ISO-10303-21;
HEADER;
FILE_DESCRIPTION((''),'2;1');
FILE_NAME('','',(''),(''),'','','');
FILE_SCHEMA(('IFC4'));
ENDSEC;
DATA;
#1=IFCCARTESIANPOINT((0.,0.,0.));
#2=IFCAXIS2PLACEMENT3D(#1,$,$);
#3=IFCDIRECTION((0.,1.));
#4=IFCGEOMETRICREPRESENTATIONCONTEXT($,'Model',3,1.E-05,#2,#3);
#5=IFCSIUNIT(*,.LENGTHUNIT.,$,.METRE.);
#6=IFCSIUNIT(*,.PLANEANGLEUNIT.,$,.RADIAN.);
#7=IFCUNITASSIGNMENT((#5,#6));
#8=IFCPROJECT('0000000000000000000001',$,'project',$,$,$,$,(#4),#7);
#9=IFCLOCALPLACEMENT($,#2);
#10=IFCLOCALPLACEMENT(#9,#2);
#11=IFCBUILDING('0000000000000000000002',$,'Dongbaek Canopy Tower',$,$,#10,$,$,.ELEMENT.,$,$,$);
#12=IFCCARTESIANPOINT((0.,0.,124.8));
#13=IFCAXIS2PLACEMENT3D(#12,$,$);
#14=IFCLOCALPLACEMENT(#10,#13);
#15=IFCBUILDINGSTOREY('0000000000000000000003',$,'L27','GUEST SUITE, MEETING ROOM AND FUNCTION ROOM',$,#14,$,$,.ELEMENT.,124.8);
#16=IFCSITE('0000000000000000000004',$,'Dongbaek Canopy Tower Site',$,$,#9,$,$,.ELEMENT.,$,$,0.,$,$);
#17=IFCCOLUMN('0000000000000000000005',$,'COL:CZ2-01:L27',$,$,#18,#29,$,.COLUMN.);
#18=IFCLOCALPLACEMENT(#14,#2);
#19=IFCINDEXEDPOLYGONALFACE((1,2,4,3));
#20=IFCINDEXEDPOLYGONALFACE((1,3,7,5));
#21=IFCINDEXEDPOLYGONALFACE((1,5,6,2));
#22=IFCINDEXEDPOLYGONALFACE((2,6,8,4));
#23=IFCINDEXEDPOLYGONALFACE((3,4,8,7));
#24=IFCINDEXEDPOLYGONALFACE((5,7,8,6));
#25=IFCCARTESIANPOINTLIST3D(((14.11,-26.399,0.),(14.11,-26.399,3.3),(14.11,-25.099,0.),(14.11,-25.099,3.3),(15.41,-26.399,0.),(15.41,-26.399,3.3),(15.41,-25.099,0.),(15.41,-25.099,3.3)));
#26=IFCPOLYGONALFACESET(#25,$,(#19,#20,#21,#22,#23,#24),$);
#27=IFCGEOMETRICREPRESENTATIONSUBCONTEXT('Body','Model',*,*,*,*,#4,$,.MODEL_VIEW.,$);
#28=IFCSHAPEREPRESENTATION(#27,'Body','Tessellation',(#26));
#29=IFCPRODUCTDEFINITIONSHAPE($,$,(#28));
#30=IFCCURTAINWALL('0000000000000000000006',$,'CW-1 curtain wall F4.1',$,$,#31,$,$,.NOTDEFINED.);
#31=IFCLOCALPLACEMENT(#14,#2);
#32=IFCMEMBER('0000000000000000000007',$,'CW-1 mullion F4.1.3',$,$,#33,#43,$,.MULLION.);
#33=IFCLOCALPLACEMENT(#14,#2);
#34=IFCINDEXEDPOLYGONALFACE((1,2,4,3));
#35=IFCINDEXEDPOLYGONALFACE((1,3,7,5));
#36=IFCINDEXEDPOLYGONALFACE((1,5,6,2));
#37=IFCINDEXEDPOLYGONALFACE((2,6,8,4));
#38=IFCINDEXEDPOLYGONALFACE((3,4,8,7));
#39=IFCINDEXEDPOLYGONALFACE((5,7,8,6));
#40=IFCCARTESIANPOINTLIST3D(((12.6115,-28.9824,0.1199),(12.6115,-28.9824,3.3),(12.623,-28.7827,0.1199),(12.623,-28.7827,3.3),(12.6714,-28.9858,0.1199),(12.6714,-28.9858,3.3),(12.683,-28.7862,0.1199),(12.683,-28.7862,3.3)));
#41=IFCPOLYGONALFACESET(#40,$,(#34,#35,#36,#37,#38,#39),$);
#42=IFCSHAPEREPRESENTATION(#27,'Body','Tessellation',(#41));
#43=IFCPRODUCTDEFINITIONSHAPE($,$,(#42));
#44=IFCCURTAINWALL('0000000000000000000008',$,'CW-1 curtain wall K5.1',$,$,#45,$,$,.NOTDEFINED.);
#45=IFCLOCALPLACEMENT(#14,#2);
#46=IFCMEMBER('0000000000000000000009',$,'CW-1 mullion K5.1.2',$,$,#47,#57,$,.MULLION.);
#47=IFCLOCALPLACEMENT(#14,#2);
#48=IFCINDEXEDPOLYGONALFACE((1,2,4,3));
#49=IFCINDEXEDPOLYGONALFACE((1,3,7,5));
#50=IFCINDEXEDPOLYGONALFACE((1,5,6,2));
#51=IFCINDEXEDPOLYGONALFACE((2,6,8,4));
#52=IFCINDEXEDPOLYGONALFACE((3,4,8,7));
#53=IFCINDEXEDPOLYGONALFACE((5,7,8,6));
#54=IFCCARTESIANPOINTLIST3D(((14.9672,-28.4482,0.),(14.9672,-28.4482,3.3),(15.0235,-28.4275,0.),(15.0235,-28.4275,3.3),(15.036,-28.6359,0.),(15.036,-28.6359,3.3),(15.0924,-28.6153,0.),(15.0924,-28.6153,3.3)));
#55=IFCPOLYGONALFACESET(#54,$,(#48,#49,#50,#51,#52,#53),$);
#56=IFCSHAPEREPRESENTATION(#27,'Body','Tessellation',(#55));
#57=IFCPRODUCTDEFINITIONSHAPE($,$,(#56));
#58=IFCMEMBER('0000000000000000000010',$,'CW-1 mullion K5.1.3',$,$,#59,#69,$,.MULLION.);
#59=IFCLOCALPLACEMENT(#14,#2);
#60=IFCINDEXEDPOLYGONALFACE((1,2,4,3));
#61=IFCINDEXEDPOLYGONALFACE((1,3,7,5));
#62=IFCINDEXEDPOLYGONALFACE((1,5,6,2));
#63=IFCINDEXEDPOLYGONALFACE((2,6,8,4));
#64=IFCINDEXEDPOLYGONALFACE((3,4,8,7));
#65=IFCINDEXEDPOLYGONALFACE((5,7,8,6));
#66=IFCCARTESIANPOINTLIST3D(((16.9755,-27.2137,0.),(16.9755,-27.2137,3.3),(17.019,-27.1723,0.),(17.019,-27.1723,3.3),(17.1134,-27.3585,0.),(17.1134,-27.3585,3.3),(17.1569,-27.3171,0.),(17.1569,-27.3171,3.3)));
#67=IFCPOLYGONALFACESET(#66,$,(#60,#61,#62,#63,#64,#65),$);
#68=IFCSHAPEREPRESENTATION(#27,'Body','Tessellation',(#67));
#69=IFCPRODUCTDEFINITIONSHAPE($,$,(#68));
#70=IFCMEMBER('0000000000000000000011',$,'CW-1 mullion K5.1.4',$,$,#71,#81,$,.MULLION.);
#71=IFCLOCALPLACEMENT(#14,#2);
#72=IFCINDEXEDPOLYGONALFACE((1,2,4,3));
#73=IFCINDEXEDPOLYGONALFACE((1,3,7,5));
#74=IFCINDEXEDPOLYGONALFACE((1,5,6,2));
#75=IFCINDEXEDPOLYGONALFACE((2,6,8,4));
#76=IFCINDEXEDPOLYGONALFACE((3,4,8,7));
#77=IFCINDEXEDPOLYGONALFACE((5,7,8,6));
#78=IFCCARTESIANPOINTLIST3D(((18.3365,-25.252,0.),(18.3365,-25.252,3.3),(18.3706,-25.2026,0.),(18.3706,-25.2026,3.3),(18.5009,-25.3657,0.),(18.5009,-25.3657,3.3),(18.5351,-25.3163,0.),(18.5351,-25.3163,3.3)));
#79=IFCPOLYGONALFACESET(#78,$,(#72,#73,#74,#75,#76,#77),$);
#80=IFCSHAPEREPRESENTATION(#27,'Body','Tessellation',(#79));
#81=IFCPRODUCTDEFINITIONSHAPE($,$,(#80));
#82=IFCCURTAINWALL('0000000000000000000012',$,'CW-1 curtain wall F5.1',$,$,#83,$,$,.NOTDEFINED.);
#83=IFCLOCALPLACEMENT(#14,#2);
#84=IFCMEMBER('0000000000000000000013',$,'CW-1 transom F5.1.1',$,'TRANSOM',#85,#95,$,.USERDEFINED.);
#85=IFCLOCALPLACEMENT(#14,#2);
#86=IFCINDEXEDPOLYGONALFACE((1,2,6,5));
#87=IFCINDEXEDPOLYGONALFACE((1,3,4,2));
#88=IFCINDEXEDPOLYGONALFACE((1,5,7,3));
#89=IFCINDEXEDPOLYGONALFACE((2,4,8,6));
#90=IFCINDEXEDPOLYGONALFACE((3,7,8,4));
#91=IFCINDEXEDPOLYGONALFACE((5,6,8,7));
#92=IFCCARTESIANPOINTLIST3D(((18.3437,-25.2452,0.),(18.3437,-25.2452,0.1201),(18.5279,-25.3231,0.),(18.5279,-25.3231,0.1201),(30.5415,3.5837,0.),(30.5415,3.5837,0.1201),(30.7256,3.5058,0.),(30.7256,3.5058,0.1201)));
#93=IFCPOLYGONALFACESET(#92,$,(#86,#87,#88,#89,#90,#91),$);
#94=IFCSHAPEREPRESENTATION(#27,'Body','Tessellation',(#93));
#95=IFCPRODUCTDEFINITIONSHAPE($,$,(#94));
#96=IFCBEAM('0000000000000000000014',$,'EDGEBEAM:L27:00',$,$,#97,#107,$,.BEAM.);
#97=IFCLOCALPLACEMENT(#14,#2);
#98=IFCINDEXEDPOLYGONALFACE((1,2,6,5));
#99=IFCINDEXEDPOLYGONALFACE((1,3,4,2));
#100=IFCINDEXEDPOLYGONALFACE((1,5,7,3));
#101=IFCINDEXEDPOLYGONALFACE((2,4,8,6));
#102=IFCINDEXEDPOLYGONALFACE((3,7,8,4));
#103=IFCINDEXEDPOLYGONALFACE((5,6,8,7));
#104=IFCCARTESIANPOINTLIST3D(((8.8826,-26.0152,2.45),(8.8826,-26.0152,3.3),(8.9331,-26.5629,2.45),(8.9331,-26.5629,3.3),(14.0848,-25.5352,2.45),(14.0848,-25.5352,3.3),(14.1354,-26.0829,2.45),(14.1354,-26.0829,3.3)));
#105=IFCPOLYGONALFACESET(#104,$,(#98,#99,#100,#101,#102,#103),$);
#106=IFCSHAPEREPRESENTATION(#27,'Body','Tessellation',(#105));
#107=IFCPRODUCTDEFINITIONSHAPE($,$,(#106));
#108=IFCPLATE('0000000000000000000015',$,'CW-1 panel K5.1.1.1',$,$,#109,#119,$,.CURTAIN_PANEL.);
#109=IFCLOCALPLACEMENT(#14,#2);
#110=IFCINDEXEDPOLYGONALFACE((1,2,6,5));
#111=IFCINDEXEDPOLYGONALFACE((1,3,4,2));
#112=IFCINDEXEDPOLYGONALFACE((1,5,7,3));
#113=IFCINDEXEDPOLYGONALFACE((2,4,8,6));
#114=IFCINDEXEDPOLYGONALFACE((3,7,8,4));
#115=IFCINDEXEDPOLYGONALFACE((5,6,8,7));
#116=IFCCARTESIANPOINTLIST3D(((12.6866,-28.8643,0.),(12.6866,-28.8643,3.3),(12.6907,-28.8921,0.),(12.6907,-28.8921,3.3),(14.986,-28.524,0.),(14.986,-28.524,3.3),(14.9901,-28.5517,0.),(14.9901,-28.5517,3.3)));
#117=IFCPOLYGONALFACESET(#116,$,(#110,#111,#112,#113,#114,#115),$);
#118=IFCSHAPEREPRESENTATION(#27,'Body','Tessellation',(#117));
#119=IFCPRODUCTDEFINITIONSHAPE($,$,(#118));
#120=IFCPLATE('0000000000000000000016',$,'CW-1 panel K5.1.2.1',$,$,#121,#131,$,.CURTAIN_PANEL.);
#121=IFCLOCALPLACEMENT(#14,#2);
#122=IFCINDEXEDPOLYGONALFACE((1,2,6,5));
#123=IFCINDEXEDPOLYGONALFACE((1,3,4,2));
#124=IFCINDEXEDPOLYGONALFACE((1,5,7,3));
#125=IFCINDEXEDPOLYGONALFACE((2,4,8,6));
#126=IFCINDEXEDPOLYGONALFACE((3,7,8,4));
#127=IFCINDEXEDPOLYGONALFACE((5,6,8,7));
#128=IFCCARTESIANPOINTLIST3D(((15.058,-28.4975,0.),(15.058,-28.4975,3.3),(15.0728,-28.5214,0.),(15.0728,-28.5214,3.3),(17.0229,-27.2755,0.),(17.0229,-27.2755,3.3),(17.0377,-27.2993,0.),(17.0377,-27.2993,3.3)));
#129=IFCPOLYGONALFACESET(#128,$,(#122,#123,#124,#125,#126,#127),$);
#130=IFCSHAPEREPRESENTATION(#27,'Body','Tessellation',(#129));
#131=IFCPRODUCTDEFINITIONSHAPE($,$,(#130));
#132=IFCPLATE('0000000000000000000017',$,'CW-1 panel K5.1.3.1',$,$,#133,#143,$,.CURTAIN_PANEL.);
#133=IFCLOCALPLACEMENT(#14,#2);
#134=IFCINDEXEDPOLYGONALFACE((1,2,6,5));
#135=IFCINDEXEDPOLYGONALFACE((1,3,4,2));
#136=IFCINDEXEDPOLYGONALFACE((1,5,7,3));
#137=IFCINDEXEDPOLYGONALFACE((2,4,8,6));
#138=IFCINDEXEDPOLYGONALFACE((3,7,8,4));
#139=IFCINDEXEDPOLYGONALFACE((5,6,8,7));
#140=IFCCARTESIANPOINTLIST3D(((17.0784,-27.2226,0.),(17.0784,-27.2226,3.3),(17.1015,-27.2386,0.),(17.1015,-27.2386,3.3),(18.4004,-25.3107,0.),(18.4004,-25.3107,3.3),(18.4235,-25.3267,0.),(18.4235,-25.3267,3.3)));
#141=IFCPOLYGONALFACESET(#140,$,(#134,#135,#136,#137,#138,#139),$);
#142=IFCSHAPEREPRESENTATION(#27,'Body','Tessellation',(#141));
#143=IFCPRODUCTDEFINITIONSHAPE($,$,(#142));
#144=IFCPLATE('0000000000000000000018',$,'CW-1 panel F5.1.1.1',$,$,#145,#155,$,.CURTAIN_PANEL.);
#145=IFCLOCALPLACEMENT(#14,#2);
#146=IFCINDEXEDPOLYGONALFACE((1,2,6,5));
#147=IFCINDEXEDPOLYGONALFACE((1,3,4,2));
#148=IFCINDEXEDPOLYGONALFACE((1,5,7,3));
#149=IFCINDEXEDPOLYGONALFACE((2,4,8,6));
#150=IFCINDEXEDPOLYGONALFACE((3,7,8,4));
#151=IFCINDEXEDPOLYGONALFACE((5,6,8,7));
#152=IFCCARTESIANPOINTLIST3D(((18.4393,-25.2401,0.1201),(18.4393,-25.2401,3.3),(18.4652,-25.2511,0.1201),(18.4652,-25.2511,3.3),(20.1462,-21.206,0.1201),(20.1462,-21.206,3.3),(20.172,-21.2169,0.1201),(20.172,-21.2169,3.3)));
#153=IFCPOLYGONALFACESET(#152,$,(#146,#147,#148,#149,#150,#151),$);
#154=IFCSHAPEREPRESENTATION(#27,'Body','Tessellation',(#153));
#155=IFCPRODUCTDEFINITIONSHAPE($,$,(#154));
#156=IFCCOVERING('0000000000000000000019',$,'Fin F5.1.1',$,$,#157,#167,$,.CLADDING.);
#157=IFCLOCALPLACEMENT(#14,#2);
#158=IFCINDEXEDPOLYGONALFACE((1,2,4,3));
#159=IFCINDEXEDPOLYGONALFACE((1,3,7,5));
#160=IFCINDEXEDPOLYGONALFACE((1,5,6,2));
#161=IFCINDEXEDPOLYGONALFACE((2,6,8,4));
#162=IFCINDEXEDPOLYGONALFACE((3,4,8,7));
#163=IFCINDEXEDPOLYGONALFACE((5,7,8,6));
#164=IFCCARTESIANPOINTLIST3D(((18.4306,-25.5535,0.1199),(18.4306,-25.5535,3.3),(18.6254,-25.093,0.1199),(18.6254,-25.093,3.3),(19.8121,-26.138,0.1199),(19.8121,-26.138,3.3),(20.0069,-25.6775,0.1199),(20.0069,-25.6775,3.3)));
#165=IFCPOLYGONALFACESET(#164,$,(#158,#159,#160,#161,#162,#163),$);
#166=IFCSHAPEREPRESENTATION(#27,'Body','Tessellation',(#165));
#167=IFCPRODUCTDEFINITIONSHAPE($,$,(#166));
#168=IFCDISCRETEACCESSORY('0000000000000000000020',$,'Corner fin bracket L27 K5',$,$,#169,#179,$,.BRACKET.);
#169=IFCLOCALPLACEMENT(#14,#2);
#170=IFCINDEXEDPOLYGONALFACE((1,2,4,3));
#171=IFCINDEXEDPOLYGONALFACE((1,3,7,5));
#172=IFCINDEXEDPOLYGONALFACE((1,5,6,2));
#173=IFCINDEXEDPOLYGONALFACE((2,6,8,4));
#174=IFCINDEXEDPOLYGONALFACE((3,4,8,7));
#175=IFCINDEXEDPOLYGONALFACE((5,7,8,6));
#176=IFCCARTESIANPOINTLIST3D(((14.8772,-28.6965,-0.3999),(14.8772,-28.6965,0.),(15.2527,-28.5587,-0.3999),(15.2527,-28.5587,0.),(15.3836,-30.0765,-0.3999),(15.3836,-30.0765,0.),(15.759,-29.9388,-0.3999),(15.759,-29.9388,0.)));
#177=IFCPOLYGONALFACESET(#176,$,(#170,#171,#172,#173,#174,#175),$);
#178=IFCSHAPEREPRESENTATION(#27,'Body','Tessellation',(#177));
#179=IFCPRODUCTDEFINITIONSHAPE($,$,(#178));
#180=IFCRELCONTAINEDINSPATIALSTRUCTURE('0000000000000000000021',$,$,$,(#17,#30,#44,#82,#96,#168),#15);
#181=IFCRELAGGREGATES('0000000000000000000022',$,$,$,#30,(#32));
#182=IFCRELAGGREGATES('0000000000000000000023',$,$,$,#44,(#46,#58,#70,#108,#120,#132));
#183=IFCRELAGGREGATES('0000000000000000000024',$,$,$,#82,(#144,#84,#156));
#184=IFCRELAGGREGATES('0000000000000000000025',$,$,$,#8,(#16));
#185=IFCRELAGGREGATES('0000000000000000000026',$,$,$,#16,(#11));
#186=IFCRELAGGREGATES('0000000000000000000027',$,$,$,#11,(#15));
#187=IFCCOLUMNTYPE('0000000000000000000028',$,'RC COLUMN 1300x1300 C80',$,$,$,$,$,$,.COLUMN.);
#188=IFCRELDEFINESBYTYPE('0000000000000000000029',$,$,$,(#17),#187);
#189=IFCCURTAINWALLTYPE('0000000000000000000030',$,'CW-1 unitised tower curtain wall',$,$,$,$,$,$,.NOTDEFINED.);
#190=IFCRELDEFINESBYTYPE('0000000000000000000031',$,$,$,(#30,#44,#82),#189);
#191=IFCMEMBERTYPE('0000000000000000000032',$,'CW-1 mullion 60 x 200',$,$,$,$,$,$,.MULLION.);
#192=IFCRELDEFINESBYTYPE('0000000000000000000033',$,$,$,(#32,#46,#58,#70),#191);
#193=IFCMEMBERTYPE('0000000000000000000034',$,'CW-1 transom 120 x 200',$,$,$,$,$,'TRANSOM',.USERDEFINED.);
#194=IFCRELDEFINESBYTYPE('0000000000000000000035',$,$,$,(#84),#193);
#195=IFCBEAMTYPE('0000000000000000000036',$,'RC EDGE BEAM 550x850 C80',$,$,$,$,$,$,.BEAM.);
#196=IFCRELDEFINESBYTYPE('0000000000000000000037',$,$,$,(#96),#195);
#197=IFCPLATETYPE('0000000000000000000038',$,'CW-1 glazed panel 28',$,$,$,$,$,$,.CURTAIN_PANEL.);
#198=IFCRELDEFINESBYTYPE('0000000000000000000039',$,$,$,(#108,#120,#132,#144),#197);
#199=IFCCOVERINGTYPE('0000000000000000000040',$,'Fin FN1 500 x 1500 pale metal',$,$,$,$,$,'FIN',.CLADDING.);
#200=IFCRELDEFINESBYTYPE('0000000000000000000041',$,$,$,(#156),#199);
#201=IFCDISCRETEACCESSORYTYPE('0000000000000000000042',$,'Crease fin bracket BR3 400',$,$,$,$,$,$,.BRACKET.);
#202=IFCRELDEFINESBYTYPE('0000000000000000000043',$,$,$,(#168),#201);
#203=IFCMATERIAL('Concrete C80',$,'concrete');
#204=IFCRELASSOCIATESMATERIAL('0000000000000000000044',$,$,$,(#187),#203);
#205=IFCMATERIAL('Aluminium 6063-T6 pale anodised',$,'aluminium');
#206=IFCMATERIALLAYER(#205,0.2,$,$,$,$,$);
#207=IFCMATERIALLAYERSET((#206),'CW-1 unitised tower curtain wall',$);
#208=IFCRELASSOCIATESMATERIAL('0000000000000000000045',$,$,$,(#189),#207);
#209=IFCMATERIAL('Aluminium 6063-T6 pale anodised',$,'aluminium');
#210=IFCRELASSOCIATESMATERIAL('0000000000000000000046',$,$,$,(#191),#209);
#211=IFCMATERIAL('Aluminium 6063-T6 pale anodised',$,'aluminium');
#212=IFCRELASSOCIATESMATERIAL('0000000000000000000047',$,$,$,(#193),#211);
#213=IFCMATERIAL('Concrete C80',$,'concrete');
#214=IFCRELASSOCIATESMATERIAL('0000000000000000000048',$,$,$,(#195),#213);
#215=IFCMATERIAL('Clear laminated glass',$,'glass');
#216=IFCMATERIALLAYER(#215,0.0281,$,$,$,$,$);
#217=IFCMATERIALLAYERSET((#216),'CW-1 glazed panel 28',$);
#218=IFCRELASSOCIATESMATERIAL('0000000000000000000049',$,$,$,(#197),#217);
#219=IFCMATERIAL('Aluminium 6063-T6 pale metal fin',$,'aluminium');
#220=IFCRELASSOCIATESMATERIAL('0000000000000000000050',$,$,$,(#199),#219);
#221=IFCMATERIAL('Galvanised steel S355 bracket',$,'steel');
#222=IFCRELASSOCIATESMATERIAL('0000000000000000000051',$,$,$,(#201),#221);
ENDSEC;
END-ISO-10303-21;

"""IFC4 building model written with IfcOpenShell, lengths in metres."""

from ifc_helpers import new_model, si_unit, direction, frame, origin, origin_2d, place, context, subcontext, project, spatial, rectangle, extrude, material, layer, layer_set, material_profile, profile_set, type_object, element, aggregate, save


model = new_model("IFC4")

# Units and contexts
model_context = context("Model", 3, precision=1e-05, world=origin(), true_north=direction((0.0, 1.0)))
body_context = subcontext(model_context, "Body", "Model", "MODEL_VIEW")
ifc_project = project(units=[si_unit("LENGTHUNIT", "METRE"), si_unit("PLANEANGLEUNIT", "RADIAN")], contexts=[model_context])

# Site, building, storey
site_placement = place(None, origin())
site = spatial("IfcSite", under=ifc_project, at=site_placement, Name="Dongbaek Canopy Tower Site", CompositionType="ELEMENT", RefElevation=0.0)
building_placement = place(site_placement, origin())
building = spatial("IfcBuilding", under=site, at=building_placement, Name="Dongbaek Canopy Tower", CompositionType="ELEMENT")
storey_placement = place(building_placement, frame((0.0, 0.0, 124.8)))
storey = spatial("IfcBuildingStorey", under=building, at=storey_placement, Name="L27", Description="GUEST SUITE, MEETING ROOM AND FUNCTION ROOM", CompositionType="ELEMENT", Elevation=124.8)

# Column
ifc_material_1 = material(Name="Concrete C80", Category="concrete")
ifc_material_profile_1 = material_profile(ifc_material_1, rectangle(XDim=1.3, YDim=1.3, at=origin_2d()), Name="RC COLUMN 1300x1300 C80")
ifc_profile_set_1 = profile_set([ifc_material_profile_1], Name="Concrete C80")
column_type = type_object("IfcColumnType", Name="RC COLUMN 1300x1300 C80", PredefinedType="COLUMN", material=ifc_profile_set_1)
column_placement = place(storey_placement, frame((14.76, -25.749, 0.0), z_axis=(0.0, 0.0, 1.0), x_axis=(1.0, 0.0, 0.0)))
element("IfcColumn", 1, at=column_placement, inside=storey, type_object=column_type, Name="COL:CZ2-01:L27", PredefinedType="COLUMN", context=body_context, shape_type="SweptSolid", body=[
    extrude(rectangle(XDim=1.3, YDim=1.3, at=origin_2d()), origin(), (0.0, 0.0, 1.0), 3.3),
])

# Curtain wall, member
ifc_material_2 = material(Name="Aluminium 6063-T6 pale anodised", Category="aluminium")
ifc_layer_1 = layer(ifc_material_2, 0.2)
ifc_layer_set_1 = layer_set([ifc_layer_1], Name="CW-1 unitised tower curtain wall")
curtain_wall_type = type_object("IfcCurtainWallType", Name="CW-1 unitised tower curtain wall", PredefinedType="NOTDEFINED", material=ifc_layer_set_1)
curtain_wall_1_placement = place(storey_placement, origin())
curtain_wall_1 = element("IfcCurtainWall", 2, at=curtain_wall_1_placement, inside=storey, type_object=curtain_wall_type, Name="CW-1 curtain wall F4.1", PredefinedType="NOTDEFINED")
ifc_material_3 = material(Name="Aluminium 6063-T6 pale anodised", Category="aluminium")
ifc_material_profile_2 = material_profile(ifc_material_3, rectangle(XDim=0.2, YDim=0.0601, at=origin_2d()), Name="CW-1 mullion 60 x 200")
ifc_profile_set_2 = profile_set([ifc_material_profile_2], Name="Aluminium 6063-T6 pale anodised")
member_type_1 = type_object("IfcMemberType", Name="CW-1 mullion 60 x 200", PredefinedType="MULLION", material=ifc_profile_set_2)
member_1_placement = place(storey_placement, frame((12.6472, -28.8843, 0.1199), z_axis=(0.0, 0.0, 1.0), x_axis=(-0.057753, -0.998331, 0.0)))
member_1 = element("IfcMember", 3, at=member_1_placement, type_object=member_type_1, Name="CW-1 mullion F4.1.3", PredefinedType="MULLION", context=body_context, shape_type="SweptSolid", body=[
    extrude(rectangle(XDim=0.2, YDim=0.0601, at=origin_2d()), origin(), (0.0, 0.0, 1.0), 3.1802),
])
aggregate(curtain_wall_1, [member_1])

# Curtain wall, members
curtain_wall_2_placement = place(storey_placement, origin())
curtain_wall_2 = element("IfcCurtainWall", 4, at=curtain_wall_2_placement, inside=storey, type_object=curtain_wall_type, Name="CW-1 curtain wall K5.1", PredefinedType="NOTDEFINED")
member_2_placement = place(storey_placement, frame((15.0298, -28.5317, 0.0), z_axis=(0.0, 0.0, 1.0), x_axis=(0.344451, -0.938804, 0.0)))
member_2 = element("IfcMember", 5, at=member_2_placement, type_object=member_type_1, Name="CW-1 mullion K5.1.2", PredefinedType="MULLION", context=body_context, shape_type="SweptSolid", body=[
    extrude(rectangle(XDim=0.2, YDim=0.0601, at=origin_2d()), origin(), (0.0, 0.0, 1.0), 3.3),
])
member_3_placement = place(storey_placement, frame((17.0662, -27.2654, 0.0), z_axis=(0.0, 0.0, 1.0), x_axis=(0.689713, -0.724083, 0.0)))
member_3 = element("IfcMember", 6, at=member_3_placement, type_object=member_type_1, Name="CW-1 mullion K5.1.3", PredefinedType="MULLION", context=body_context, shape_type="SweptSolid", body=[
    extrude(rectangle(XDim=0.2, YDim=0.0601, at=origin_2d()), origin(), (0.0, 0.0, 1.0), 3.3),
])
member_4_placement = place(storey_placement, frame((18.4358, -25.2842, 0.0), z_axis=(0.0, 0.0, 1.0), x_axis=(0.822511, -0.568749, 0.0)))
member_4 = element("IfcMember", 7, at=member_4_placement, type_object=member_type_1, Name="CW-1 mullion K5.1.4", PredefinedType="MULLION", context=body_context, shape_type="SweptSolid", body=[
    extrude(rectangle(XDim=0.2, YDim=0.0601, at=origin_2d()), origin(), (0.0, 0.0, 1.0), 3.3),
])

# Curtain wall, member
curtain_wall_3_placement = place(storey_placement, origin())
curtain_wall_3 = element("IfcCurtainWall", 8, at=curtain_wall_3_placement, inside=storey, type_object=curtain_wall_type, Name="CW-1 curtain wall F5.1", PredefinedType="NOTDEFINED")
ifc_material_4 = material(Name="Aluminium 6063-T6 pale anodised", Category="aluminium")
ifc_material_profile_3 = material_profile(ifc_material_4, rectangle(XDim=0.2, YDim=0.1201, at=origin_2d()), Name="CW-1 transom 120 x 200")
ifc_profile_set_3 = profile_set([ifc_material_profile_3], Name="Aluminium 6063-T6 pale anodised")
member_type_2 = type_object("IfcMemberType", Name="CW-1 transom 120 x 200", ElementType="TRANSOM", PredefinedType="USERDEFINED", material=ifc_profile_set_3)
member_5_placement = place(storey_placement, frame((18.4358, -25.2842, 0.0601), z_axis=(0.389665, 0.920957, 0.0), x_axis=(-0.920957, 0.389665, 0.0)))
member_5 = element("IfcMember", 9, at=member_5_placement, type_object=member_type_2, Name="CW-1 transom F5.1.1", ObjectType="TRANSOM", PredefinedType="USERDEFINED", context=body_context, shape_type="SweptSolid", body=[
    extrude(rectangle(XDim=0.2, YDim=0.1201, at=origin_2d()), origin(), (0.0, 0.0, 1.0), 31.3032),
])

# Beam
ifc_material_5 = material(Name="Concrete C80", Category="concrete")
ifc_material_profile_4 = material_profile(ifc_material_5, rectangle(XDim=0.55, YDim=0.8501, at=origin_2d()), Name="RC EDGE BEAM 550x850 C80")
ifc_profile_set_4 = profile_set([ifc_material_profile_4], Name="Concrete C80")
beam_type = type_object("IfcBeamType", Name="RC EDGE BEAM 550x850 C80", PredefinedType="BEAM", material=ifc_profile_set_4)
beam_placement = place(storey_placement, frame((14.1101, -25.8091, 2.875), z_axis=(-0.99577, -0.091876, 0.0), x_axis=(0.091876, -0.99577, 0.0)))
element("IfcBeam", 10, at=beam_placement, inside=storey, type_object=beam_type, Name="EDGEBEAM:L27:00", PredefinedType="BEAM", context=body_context, shape_type="SweptSolid", body=[
    extrude(rectangle(XDim=0.55, YDim=0.8501, at=origin_2d()), origin(), (0.0, 0.0, 1.0), 5.2244),
])

# Plates
ifc_material_6 = material(Name="Clear laminated glass", Category="glass")
ifc_layer_2 = layer(ifc_material_6, 0.0281)
ifc_layer_set_2 = layer_set([ifc_layer_2], Name="CW-1 glazed panel 28")
plate_type = type_object("IfcPlateType", Name="CW-1 glazed panel 28", PredefinedType="CURTAIN_PANEL", material=ifc_layer_set_2)
plate_1_placement = place(storey_placement, frame((13.8384, -28.708, 0.0), z_axis=(0.0, 0.0, 1.0), x_axis=(0.989225, 0.146406, 0.0)))
plate_1 = element("IfcPlate", 11, at=plate_1_placement, type_object=plate_type, Name="CW-1 panel K5.1.1.1", PredefinedType="CURTAIN_PANEL", context=body_context, shape_type="SweptSolid", body=[
    extrude(rectangle(XDim=2.3245, YDim=0.0281, at=origin_2d()), origin(), (0.0, 0.0, 1.0), 3.3),
])
plate_2_placement = place(storey_placement, frame((16.0479, -27.8984, 0.0), z_axis=(0.0, 0.0, 1.0), x_axis=(0.849176, 0.52811, 0.0)))
plate_2 = element("IfcPlate", 12, at=plate_2_placement, type_object=plate_type, Name="CW-1 panel K5.1.2.1", PredefinedType="CURTAIN_PANEL", context=body_context, shape_type="SweptSolid", body=[
    extrude(rectangle(XDim=2.314, YDim=0.0281, at=origin_2d()), origin(), (0.0, 0.0, 1.0), 3.3),
])
plate_3_placement = place(storey_placement, frame((17.751, -26.2747, 0.0), z_axis=(0.0, 0.0, 1.0), x_axis=(0.568749, 0.822511, 0.0)))
plate_3 = element("IfcPlate", 13, at=plate_3_placement, type_object=plate_type, Name="CW-1 panel K5.1.3.1", PredefinedType="CURTAIN_PANEL", context=body_context, shape_type="SweptSolid", body=[
    extrude(rectangle(XDim=2.3245, YDim=0.0281, at=origin_2d()), origin(), (0.0, 0.0, 1.0), 3.3),
])
aggregate(curtain_wall_2, [member_2, member_3, member_4, plate_1, plate_2, plate_3])
plate_4_placement = place(storey_placement, frame((19.3057, -23.2285, 0.1201), z_axis=(0.0, 0.0, 1.0), x_axis=(0.389663, 0.920958, 0.0)))
plate_4 = element("IfcPlate", 14, at=plate_4_placement, type_object=plate_type, Name="CW-1 panel F5.1.1.1", PredefinedType="CURTAIN_PANEL", context=body_context, shape_type="SweptSolid", body=[
    extrude(rectangle(XDim=4.3804, YDim=0.0281, at=origin_2d()), origin(), (0.0, 0.0, 1.0), 3.1799),
])

# Covering
ifc_material_7 = material(Name="Aluminium 6063-T6 pale metal fin", Category="aluminium")
ifc_material_profile_5 = material_profile(ifc_material_7, rectangle(XDim=1.5, YDim=0.5, at=origin_2d()), Name="Fin FN1 500 x 1500 pale metal")
ifc_profile_set_5 = profile_set([ifc_material_profile_5], Name="Aluminium 6063-T6 pale metal fin")
covering_type = type_object("IfcCoveringType", Name="Fin FN1 500 x 1500 pale metal", ElementType="FIN", PredefinedType="CLADDING", material=ifc_profile_set_5)
covering_placement = place(storey_placement, frame((19.2188, -25.6155, 0.1199), z_axis=(0.0, 0.0, 1.0), x_axis=(0.920958, -0.389663, 0.0)))
covering = element("IfcCovering", 15, at=covering_placement, type_object=covering_type, Name="Fin F5.1.1", PredefinedType="CLADDING", context=body_context, shape_type="SweptSolid", body=[
    extrude(rectangle(XDim=1.5, YDim=0.5, at=origin_2d()), origin(), (0.0, 0.0, 1.0), 3.1802),
])
aggregate(curtain_wall_3, [plate_4, member_5, covering])

# Discrete accessory
ifc_material_8 = material(Name="Galvanised steel S355 bracket", Category="steel")
discrete_accessory_type = type_object("IfcDiscreteAccessoryType", Name="Crease fin bracket BR3 400", PredefinedType="BRACKET", material=ifc_material_8)
discrete_accessory_placement = place(storey_placement, frame((15.3181, -29.3176, -0.3999), z_axis=(0.0, 0.0, 1.0), x_axis=(0.344451, -0.938804, 0.0)))
element("IfcDiscreteAccessory", 16, at=discrete_accessory_placement, inside=storey, type_object=discrete_accessory_type, Name="Corner fin bracket L27 K5", PredefinedType="BRACKET", context=body_context, shape_type="SweptSolid", body=[
    extrude(rectangle(XDim=1.47, YDim=0.3999, at=origin_2d()), origin(), (0.0, 0.0, 1.0), 0.3999),
])

save(model, "model.ifc")
